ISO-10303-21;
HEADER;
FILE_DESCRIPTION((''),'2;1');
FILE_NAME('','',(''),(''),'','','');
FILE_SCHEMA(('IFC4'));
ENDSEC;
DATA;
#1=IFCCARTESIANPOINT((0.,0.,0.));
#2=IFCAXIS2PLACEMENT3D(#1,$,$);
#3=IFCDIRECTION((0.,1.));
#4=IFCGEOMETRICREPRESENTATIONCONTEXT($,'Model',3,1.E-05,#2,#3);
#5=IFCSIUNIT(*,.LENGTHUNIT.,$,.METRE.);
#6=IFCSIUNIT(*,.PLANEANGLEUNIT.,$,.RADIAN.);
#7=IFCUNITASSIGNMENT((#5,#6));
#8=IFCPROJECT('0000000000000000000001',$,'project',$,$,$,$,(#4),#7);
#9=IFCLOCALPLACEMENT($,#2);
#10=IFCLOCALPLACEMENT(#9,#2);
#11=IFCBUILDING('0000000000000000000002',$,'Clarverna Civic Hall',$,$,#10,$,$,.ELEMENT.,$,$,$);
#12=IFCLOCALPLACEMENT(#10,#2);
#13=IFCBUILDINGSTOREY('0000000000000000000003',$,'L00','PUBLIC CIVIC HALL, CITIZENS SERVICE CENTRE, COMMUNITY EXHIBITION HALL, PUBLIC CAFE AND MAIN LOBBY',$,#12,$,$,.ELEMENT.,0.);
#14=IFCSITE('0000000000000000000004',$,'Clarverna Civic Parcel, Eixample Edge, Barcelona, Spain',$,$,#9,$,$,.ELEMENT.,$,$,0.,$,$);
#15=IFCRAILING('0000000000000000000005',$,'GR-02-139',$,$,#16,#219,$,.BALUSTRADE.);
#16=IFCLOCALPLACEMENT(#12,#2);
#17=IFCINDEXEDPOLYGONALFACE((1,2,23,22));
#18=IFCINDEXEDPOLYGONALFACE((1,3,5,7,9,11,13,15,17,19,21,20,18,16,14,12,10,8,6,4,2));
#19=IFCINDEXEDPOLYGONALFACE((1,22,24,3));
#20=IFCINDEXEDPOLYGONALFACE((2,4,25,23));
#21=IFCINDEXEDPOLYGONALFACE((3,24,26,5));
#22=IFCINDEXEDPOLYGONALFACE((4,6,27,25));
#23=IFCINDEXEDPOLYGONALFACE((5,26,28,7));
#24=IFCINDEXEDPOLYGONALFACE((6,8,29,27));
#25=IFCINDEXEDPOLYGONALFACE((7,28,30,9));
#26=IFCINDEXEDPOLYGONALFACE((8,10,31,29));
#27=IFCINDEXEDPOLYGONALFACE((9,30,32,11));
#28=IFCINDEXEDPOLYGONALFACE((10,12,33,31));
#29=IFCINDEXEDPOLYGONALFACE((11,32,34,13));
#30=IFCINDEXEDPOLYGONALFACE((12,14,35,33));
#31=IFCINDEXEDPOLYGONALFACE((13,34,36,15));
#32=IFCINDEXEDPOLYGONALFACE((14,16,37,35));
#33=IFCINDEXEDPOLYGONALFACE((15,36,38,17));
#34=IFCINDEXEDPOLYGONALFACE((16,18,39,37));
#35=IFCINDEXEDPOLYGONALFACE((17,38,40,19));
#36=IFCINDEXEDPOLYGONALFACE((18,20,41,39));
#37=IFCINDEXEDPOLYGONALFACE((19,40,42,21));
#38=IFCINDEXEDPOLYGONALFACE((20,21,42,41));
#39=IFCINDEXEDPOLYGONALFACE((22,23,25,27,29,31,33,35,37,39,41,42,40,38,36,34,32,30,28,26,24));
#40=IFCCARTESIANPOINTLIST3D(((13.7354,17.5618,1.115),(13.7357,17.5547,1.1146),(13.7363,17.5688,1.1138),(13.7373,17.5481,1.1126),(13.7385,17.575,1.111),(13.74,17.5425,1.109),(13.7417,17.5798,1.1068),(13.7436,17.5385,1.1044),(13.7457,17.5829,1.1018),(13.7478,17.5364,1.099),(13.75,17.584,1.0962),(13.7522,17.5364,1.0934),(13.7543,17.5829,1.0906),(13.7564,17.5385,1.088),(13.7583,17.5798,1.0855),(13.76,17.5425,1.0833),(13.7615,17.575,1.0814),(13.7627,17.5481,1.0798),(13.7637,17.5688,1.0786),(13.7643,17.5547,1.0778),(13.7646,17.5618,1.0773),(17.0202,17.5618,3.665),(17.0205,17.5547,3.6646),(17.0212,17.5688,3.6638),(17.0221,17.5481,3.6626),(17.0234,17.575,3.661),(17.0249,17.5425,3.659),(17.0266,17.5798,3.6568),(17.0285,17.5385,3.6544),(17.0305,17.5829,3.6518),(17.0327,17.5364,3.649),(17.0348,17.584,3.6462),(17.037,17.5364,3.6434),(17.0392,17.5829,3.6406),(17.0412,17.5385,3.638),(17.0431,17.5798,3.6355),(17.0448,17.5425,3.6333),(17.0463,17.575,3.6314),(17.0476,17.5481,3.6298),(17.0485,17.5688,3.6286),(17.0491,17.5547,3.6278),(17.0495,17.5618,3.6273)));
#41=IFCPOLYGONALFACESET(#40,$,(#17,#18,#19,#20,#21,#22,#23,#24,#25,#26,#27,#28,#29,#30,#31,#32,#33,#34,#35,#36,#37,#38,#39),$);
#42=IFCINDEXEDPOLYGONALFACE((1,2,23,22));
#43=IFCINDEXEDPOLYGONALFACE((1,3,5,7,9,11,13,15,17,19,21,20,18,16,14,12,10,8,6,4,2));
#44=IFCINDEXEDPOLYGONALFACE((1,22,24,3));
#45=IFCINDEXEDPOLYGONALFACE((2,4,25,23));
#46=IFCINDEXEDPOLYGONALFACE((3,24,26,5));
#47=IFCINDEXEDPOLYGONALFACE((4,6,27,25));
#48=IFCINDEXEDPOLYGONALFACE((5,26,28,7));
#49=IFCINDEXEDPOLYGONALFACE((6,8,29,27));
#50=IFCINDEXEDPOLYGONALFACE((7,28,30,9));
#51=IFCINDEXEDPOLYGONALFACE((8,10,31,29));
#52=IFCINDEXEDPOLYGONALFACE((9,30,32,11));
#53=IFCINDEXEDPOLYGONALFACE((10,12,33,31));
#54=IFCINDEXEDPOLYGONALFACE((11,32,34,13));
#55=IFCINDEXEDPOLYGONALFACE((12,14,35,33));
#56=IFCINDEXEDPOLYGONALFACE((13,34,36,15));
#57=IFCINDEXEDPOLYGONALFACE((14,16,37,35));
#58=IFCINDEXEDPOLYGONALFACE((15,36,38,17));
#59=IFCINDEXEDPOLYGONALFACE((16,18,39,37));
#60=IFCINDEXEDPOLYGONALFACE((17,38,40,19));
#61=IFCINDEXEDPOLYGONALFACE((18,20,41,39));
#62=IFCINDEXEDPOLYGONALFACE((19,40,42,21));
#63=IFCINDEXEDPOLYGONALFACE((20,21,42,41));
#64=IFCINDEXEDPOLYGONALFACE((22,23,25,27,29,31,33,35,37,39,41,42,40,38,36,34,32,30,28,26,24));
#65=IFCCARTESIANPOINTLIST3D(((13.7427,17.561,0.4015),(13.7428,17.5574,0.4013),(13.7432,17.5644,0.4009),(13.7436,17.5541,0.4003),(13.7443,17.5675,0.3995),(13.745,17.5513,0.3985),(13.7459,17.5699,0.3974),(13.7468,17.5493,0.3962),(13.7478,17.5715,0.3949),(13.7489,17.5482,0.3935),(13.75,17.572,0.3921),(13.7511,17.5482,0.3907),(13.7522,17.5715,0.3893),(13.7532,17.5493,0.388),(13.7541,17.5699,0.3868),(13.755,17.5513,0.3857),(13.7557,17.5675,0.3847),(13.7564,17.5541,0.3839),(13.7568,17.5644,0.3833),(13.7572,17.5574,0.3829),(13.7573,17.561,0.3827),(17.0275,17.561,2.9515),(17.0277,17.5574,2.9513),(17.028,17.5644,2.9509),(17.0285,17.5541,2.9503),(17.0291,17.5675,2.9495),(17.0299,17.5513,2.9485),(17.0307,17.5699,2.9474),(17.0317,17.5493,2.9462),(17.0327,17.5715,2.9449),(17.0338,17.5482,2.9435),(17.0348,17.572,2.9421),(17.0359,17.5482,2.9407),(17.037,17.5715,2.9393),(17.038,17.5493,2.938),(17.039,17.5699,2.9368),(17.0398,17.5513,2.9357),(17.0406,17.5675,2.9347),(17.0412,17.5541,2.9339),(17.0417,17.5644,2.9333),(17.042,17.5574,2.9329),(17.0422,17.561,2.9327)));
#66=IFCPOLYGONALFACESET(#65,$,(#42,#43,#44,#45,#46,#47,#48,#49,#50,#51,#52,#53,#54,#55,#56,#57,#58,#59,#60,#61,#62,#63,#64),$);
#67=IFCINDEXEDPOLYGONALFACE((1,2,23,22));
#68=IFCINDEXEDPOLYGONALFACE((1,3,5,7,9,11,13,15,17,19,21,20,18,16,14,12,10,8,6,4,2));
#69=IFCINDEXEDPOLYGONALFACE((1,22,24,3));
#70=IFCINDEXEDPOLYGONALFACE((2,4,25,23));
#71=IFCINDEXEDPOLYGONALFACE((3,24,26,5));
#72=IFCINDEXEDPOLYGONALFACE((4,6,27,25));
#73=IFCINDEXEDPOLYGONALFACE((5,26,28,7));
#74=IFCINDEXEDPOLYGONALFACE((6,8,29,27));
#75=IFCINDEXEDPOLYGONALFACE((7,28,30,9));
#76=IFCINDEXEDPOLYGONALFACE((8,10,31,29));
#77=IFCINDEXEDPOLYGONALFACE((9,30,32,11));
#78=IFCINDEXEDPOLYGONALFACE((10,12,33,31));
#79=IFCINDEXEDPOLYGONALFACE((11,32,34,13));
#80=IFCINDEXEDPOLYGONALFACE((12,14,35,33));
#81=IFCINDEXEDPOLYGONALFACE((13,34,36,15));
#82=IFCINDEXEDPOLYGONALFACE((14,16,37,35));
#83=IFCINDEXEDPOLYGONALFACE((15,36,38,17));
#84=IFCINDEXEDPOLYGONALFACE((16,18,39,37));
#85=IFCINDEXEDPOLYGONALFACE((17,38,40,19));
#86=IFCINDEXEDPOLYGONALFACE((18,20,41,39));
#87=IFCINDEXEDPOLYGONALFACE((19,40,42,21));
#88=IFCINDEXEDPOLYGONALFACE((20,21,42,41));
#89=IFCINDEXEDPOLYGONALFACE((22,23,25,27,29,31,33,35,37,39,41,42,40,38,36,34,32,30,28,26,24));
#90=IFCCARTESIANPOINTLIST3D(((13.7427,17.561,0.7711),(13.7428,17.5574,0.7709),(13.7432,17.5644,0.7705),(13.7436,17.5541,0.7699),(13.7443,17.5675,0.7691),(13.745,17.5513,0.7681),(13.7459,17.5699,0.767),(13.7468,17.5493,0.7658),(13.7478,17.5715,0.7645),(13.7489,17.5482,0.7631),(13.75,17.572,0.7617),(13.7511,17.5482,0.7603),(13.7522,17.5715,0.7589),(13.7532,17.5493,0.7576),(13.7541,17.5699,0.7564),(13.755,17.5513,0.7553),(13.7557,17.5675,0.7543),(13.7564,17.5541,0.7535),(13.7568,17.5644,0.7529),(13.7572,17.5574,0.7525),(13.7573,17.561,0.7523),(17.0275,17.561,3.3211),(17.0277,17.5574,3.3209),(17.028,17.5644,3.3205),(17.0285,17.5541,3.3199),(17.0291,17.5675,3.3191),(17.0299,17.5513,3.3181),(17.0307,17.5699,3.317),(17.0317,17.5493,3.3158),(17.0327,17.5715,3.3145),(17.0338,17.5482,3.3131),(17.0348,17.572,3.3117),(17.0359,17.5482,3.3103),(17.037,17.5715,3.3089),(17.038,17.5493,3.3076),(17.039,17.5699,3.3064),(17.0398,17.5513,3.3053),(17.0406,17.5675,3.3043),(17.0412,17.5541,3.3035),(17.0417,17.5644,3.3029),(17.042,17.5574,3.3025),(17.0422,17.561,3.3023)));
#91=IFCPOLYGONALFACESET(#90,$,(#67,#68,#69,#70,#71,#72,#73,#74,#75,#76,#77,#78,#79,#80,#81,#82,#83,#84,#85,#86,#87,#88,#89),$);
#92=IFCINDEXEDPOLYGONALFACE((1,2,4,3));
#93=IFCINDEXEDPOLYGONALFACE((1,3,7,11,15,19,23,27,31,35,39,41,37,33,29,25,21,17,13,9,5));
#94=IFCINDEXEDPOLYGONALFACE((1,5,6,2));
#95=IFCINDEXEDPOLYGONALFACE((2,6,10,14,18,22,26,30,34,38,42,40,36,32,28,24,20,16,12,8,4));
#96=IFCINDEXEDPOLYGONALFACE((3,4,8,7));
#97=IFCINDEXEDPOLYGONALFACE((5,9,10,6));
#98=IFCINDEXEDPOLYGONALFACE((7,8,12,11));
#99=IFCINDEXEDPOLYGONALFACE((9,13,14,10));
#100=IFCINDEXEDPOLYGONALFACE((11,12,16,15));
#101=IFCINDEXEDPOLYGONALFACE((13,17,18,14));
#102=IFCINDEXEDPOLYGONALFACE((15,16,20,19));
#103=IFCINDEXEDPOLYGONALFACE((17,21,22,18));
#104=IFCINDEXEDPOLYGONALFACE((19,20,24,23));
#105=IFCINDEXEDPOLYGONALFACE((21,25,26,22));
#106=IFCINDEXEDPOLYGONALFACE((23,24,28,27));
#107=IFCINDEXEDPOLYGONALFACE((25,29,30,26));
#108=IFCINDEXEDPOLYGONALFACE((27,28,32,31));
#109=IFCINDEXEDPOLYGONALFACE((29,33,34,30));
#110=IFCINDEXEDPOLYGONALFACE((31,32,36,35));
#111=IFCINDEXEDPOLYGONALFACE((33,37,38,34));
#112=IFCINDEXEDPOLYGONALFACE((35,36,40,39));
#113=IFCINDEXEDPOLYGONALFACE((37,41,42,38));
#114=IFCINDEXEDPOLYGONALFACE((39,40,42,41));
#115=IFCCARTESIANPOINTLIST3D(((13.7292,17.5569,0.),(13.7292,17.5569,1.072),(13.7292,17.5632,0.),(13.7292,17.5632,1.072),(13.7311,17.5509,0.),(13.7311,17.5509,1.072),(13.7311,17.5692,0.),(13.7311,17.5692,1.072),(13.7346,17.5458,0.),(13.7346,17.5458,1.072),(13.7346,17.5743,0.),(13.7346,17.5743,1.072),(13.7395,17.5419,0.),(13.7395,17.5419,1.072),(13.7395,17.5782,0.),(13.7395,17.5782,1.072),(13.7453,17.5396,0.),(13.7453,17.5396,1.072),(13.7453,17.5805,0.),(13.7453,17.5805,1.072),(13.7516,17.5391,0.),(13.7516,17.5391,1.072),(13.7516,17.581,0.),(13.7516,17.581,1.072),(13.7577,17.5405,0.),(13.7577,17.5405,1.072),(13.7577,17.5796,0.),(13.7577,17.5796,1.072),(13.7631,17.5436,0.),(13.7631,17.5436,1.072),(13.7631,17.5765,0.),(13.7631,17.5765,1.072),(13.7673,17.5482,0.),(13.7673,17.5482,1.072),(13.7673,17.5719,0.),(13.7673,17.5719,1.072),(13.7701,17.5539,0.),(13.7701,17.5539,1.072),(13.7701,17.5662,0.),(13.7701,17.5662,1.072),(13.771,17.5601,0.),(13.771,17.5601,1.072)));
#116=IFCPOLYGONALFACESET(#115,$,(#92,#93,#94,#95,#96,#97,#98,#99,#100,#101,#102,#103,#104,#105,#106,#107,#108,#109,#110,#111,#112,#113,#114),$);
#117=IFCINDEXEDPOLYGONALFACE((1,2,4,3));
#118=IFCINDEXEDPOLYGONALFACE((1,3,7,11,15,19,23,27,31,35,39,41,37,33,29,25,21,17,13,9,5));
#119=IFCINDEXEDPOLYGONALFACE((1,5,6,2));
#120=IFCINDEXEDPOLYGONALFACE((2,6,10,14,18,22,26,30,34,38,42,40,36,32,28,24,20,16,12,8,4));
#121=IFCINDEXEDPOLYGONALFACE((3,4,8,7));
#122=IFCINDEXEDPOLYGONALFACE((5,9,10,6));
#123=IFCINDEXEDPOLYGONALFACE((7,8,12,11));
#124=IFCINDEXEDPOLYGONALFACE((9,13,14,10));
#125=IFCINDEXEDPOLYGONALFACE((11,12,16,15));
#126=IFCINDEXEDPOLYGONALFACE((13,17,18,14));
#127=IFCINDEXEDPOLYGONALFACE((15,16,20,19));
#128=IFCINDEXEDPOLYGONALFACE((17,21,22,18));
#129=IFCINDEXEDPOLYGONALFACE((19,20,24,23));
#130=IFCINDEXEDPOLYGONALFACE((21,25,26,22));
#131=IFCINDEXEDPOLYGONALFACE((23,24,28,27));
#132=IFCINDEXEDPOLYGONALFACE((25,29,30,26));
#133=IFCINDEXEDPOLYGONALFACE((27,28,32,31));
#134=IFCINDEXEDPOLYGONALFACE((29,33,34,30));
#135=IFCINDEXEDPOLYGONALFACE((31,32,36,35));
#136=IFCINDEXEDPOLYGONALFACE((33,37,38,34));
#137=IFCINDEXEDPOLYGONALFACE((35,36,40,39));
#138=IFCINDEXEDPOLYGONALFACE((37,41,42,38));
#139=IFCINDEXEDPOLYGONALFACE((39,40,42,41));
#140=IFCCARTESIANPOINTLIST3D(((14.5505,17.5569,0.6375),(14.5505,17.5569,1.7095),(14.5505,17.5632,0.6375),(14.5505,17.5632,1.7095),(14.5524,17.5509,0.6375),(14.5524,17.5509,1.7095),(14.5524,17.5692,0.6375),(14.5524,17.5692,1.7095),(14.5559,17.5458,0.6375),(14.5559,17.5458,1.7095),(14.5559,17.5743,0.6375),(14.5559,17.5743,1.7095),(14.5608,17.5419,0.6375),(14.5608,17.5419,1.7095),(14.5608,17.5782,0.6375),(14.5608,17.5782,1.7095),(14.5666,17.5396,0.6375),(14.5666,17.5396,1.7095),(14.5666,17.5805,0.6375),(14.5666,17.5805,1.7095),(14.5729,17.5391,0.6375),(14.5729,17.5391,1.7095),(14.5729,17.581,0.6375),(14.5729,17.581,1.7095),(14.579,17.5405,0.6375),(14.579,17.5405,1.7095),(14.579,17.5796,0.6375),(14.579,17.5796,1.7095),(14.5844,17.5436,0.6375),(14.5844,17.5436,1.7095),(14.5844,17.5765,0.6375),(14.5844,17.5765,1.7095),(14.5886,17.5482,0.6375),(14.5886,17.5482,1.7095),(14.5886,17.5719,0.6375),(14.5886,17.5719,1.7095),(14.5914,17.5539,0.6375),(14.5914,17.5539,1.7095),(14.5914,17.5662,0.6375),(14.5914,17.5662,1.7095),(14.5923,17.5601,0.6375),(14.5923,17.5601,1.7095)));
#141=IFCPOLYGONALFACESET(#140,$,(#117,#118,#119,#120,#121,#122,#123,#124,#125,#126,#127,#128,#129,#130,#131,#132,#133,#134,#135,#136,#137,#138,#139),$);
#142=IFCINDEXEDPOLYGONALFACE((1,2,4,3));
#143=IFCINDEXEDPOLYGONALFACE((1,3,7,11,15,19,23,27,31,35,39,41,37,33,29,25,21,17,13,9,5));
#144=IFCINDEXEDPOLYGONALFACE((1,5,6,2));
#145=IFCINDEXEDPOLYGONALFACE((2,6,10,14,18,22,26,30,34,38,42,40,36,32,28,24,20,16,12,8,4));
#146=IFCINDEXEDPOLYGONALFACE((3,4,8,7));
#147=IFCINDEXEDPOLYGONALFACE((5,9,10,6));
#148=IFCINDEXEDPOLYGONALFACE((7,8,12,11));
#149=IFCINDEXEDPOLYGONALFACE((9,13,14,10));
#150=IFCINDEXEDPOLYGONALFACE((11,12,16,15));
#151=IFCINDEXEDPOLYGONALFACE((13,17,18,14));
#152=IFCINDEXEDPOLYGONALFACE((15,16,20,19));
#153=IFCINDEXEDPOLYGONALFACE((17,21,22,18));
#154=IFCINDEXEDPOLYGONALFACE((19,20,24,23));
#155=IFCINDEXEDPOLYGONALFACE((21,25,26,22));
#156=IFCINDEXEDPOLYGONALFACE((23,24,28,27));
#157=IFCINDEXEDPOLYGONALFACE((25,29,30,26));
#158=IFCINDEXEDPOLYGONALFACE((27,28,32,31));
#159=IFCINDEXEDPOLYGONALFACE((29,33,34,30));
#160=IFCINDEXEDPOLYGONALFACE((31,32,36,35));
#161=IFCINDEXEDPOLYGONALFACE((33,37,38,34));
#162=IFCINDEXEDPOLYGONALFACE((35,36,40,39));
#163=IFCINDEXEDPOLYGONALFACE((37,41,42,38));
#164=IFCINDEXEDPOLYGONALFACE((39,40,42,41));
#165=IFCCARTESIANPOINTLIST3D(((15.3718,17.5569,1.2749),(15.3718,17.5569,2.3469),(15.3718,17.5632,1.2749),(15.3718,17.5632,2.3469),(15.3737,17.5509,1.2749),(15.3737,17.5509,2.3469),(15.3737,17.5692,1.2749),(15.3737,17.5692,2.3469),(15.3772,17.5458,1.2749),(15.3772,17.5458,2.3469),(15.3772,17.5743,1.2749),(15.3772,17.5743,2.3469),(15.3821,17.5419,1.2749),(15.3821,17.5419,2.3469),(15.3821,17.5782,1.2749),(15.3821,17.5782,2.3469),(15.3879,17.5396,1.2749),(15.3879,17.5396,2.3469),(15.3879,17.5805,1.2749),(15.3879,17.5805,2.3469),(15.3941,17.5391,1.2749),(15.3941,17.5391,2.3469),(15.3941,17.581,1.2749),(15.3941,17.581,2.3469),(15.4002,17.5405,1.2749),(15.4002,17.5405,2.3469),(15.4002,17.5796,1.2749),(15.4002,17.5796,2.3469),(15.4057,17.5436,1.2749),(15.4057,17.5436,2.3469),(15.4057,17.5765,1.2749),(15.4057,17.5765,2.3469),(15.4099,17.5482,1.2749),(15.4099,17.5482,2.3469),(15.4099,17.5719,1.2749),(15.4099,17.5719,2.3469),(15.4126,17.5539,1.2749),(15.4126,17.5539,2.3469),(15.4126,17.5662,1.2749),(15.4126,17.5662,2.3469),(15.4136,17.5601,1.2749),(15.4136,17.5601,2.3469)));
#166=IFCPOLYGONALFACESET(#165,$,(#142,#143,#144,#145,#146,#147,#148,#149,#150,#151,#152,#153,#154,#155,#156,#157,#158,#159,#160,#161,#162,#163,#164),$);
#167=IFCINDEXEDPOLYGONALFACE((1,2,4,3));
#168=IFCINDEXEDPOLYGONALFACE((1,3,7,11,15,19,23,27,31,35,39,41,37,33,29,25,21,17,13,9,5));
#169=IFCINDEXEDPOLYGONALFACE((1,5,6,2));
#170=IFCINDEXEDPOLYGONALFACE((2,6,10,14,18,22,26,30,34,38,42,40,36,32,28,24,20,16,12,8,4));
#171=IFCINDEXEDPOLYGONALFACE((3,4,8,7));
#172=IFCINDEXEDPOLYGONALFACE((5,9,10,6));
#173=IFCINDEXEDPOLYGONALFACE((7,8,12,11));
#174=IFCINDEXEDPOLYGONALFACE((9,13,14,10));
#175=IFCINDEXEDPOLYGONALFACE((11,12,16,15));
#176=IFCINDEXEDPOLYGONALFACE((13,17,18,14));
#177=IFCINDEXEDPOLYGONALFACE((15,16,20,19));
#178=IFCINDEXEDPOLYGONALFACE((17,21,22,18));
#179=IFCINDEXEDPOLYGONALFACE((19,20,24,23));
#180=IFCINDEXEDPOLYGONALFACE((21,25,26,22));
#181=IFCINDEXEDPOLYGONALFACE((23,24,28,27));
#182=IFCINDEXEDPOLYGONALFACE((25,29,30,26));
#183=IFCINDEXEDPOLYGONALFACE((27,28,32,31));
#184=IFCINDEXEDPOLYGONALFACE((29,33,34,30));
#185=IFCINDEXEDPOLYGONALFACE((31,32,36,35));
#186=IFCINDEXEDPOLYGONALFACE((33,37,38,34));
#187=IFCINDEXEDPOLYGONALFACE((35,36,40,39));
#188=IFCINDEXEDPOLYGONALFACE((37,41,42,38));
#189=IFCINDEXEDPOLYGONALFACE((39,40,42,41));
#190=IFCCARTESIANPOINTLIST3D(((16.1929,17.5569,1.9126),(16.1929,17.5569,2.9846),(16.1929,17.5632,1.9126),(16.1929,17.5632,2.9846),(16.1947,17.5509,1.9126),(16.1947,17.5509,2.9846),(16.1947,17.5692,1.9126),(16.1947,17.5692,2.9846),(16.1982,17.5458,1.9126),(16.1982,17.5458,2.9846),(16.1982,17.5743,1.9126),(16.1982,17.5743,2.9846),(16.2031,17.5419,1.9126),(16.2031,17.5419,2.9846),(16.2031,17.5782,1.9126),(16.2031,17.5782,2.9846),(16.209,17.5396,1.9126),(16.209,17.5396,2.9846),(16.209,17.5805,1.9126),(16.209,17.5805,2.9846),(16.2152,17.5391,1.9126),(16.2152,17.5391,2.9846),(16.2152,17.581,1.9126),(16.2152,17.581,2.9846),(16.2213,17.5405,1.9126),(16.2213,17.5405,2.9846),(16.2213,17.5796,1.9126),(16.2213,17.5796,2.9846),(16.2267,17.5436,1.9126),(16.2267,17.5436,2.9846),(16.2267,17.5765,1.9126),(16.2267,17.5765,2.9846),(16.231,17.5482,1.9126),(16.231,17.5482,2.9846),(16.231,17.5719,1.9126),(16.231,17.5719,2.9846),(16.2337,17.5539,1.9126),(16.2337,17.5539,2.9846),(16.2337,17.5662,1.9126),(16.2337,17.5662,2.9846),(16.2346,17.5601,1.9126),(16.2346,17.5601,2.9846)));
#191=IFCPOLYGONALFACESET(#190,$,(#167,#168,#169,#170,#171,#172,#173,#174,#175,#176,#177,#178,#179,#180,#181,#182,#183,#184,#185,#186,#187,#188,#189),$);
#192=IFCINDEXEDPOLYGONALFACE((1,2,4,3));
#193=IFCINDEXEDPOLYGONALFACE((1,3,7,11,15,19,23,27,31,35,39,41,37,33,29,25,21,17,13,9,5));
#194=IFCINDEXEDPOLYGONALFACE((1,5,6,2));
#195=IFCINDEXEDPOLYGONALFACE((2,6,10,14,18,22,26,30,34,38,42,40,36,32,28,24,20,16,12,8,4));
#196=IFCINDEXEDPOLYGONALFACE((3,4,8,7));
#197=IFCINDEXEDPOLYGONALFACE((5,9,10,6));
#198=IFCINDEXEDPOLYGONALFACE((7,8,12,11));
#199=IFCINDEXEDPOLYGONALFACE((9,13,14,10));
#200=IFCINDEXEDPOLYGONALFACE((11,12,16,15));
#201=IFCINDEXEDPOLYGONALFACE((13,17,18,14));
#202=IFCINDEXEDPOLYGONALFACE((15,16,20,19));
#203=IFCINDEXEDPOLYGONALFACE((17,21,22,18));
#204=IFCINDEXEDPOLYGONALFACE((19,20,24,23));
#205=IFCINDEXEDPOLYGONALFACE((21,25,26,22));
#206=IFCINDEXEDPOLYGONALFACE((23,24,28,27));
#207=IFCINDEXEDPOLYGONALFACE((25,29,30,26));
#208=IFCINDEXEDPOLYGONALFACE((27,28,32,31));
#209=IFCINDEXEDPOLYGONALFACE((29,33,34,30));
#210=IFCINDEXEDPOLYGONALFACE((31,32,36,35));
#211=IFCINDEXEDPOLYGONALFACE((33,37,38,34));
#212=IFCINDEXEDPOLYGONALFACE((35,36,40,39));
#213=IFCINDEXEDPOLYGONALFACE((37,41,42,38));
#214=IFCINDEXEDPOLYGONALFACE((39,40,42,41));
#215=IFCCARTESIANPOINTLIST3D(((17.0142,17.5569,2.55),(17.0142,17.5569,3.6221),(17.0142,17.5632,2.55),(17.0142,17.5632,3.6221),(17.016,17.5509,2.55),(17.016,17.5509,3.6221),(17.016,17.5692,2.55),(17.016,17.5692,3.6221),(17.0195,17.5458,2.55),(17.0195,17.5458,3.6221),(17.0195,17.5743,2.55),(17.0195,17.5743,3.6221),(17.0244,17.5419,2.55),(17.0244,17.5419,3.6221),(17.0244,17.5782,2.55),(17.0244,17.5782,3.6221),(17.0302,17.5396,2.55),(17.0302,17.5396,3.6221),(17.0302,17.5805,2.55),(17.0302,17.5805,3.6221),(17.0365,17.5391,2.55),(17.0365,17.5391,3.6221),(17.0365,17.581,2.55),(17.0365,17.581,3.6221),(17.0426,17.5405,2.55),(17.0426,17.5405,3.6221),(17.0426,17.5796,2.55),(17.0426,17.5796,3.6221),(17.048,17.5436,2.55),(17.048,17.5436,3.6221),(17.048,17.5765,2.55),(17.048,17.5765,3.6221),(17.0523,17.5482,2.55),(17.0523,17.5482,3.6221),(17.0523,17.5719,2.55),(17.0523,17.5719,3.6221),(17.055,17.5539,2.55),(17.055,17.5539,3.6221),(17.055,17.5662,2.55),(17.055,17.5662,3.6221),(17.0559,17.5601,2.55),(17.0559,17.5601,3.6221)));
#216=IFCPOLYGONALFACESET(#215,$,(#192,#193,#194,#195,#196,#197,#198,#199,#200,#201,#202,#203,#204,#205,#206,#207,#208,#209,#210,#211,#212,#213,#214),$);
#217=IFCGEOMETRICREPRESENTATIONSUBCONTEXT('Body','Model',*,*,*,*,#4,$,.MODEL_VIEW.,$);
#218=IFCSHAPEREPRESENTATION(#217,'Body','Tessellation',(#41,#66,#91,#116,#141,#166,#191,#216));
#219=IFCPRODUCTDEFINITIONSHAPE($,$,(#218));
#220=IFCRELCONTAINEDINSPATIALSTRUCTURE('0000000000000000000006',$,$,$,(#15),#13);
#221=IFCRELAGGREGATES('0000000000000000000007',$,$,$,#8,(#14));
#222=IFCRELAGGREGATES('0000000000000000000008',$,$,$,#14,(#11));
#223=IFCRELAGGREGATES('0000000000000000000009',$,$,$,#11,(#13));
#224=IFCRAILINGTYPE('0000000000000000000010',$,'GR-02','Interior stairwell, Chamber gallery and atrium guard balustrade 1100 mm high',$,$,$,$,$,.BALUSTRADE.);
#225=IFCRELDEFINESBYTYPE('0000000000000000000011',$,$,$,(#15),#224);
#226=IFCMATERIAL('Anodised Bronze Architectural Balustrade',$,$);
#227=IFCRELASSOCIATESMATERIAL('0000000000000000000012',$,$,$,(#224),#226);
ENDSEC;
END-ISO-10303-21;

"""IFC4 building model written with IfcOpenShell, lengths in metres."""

from ifc_helpers import new_model, si_unit, direction, frame, origin, origin_2d, place, context, subcontext, project, spatial, circle, extrude, material, type_object, element, save


model = new_model("IFC4")

# Units and contexts
model_context = context("Model", 3, precision=1e-05, world=origin(), true_north=direction((0.0, 1.0)))
body_context = subcontext(model_context, "Body", "Model", "MODEL_VIEW")
ifc_project = project(units=[si_unit("LENGTHUNIT", "METRE"), si_unit("PLANEANGLEUNIT", "RADIAN")], contexts=[model_context])

# Site, building, storey
site_placement = place(None, origin())
site = spatial("IfcSite", under=ifc_project, at=site_placement, Name="Clarverna Civic Parcel, Eixample Edge, Barcelona, Spain", CompositionType="ELEMENT", RefElevation=0.0)
building_placement = place(site_placement, origin())
building = spatial("IfcBuilding", under=site, at=building_placement, Name="Clarverna Civic Hall", CompositionType="ELEMENT")
storey_placement = place(building_placement, origin())
storey = spatial("IfcBuildingStorey", under=building, at=storey_placement, Name="L00", Description="PUBLIC CIVIC HALL, CITIZENS SERVICE CENTRE, COMMUNITY EXHIBITION HALL, PUBLIC CAFE AND MAIN LOBBY", CompositionType="ELEMENT", Elevation=0.0)

# Railing
ifc_material_1 = material(Name="Anodised Bronze Architectural Balustrade")
railing_type_1 = type_object("IfcRailingType", Name="GR-02", Description="Interior stairwell, Chamber gallery and atrium guard balustrade 1100 mm high", PredefinedType="BALUSTRADE", material=ifc_material_1)
railing_1_placement = place(storey_placement, frame((13.75, 17.5601, 0.0)))
element("IfcRailing", 1, at=railing_1_placement, inside=storey, type_object=railing_type_1, Name="GR-02-139", PredefinedType="BALUSTRADE", context=body_context, shape_type="SweptSolid", body=[
    extrude(circle(Radius=0.0239, at=origin_2d()), frame((0.0, 0.0, 1.0962), z_axis=(0.789921, 0.0, 0.613209), x_axis=(0.0, 1.0, 0.0)), (0.0, 0.0, 1.0), 4.1584),
    extrude(circle(Radius=0.012, at=origin_2d()), frame((0.0, 0.0, 0.3921), z_axis=(0.789921, 0.0, 0.613209), x_axis=(0.0, 1.0, 0.0)), (0.0, 0.0, 1.0), 4.1584),
    extrude(circle(Radius=0.012, at=origin_2d()), frame((0.0, 0.0, 0.7617), z_axis=(0.789921, 0.0, 0.613209), x_axis=(0.0, 1.0, 0.0)), (0.0, 0.0, 1.0), 4.1584),
    extrude(circle(Radius=0.021, at=origin_2d()), origin(), (0.0, 0.0, 1.0), 1.072),
    extrude(circle(Radius=0.021, at=origin_2d()), frame((0.8213, 0.0, 0.6375)), (0.0, 0.0, 1.0), 1.072),
    extrude(circle(Radius=0.021, at=origin_2d()), frame((1.6426, 0.0, 1.2749)), (0.0, 0.0, 1.0), 1.072),
    extrude(circle(Radius=0.021, at=origin_2d()), frame((2.4636, 0.0, 1.9126)), (0.0, 0.0, 1.0), 1.072),
    extrude(circle(Radius=0.021, at=origin_2d()), frame((3.2849, 0.0, 2.55)), (0.0, 0.0, 1.0), 1.072),
])

save(model, "model.ifc")
